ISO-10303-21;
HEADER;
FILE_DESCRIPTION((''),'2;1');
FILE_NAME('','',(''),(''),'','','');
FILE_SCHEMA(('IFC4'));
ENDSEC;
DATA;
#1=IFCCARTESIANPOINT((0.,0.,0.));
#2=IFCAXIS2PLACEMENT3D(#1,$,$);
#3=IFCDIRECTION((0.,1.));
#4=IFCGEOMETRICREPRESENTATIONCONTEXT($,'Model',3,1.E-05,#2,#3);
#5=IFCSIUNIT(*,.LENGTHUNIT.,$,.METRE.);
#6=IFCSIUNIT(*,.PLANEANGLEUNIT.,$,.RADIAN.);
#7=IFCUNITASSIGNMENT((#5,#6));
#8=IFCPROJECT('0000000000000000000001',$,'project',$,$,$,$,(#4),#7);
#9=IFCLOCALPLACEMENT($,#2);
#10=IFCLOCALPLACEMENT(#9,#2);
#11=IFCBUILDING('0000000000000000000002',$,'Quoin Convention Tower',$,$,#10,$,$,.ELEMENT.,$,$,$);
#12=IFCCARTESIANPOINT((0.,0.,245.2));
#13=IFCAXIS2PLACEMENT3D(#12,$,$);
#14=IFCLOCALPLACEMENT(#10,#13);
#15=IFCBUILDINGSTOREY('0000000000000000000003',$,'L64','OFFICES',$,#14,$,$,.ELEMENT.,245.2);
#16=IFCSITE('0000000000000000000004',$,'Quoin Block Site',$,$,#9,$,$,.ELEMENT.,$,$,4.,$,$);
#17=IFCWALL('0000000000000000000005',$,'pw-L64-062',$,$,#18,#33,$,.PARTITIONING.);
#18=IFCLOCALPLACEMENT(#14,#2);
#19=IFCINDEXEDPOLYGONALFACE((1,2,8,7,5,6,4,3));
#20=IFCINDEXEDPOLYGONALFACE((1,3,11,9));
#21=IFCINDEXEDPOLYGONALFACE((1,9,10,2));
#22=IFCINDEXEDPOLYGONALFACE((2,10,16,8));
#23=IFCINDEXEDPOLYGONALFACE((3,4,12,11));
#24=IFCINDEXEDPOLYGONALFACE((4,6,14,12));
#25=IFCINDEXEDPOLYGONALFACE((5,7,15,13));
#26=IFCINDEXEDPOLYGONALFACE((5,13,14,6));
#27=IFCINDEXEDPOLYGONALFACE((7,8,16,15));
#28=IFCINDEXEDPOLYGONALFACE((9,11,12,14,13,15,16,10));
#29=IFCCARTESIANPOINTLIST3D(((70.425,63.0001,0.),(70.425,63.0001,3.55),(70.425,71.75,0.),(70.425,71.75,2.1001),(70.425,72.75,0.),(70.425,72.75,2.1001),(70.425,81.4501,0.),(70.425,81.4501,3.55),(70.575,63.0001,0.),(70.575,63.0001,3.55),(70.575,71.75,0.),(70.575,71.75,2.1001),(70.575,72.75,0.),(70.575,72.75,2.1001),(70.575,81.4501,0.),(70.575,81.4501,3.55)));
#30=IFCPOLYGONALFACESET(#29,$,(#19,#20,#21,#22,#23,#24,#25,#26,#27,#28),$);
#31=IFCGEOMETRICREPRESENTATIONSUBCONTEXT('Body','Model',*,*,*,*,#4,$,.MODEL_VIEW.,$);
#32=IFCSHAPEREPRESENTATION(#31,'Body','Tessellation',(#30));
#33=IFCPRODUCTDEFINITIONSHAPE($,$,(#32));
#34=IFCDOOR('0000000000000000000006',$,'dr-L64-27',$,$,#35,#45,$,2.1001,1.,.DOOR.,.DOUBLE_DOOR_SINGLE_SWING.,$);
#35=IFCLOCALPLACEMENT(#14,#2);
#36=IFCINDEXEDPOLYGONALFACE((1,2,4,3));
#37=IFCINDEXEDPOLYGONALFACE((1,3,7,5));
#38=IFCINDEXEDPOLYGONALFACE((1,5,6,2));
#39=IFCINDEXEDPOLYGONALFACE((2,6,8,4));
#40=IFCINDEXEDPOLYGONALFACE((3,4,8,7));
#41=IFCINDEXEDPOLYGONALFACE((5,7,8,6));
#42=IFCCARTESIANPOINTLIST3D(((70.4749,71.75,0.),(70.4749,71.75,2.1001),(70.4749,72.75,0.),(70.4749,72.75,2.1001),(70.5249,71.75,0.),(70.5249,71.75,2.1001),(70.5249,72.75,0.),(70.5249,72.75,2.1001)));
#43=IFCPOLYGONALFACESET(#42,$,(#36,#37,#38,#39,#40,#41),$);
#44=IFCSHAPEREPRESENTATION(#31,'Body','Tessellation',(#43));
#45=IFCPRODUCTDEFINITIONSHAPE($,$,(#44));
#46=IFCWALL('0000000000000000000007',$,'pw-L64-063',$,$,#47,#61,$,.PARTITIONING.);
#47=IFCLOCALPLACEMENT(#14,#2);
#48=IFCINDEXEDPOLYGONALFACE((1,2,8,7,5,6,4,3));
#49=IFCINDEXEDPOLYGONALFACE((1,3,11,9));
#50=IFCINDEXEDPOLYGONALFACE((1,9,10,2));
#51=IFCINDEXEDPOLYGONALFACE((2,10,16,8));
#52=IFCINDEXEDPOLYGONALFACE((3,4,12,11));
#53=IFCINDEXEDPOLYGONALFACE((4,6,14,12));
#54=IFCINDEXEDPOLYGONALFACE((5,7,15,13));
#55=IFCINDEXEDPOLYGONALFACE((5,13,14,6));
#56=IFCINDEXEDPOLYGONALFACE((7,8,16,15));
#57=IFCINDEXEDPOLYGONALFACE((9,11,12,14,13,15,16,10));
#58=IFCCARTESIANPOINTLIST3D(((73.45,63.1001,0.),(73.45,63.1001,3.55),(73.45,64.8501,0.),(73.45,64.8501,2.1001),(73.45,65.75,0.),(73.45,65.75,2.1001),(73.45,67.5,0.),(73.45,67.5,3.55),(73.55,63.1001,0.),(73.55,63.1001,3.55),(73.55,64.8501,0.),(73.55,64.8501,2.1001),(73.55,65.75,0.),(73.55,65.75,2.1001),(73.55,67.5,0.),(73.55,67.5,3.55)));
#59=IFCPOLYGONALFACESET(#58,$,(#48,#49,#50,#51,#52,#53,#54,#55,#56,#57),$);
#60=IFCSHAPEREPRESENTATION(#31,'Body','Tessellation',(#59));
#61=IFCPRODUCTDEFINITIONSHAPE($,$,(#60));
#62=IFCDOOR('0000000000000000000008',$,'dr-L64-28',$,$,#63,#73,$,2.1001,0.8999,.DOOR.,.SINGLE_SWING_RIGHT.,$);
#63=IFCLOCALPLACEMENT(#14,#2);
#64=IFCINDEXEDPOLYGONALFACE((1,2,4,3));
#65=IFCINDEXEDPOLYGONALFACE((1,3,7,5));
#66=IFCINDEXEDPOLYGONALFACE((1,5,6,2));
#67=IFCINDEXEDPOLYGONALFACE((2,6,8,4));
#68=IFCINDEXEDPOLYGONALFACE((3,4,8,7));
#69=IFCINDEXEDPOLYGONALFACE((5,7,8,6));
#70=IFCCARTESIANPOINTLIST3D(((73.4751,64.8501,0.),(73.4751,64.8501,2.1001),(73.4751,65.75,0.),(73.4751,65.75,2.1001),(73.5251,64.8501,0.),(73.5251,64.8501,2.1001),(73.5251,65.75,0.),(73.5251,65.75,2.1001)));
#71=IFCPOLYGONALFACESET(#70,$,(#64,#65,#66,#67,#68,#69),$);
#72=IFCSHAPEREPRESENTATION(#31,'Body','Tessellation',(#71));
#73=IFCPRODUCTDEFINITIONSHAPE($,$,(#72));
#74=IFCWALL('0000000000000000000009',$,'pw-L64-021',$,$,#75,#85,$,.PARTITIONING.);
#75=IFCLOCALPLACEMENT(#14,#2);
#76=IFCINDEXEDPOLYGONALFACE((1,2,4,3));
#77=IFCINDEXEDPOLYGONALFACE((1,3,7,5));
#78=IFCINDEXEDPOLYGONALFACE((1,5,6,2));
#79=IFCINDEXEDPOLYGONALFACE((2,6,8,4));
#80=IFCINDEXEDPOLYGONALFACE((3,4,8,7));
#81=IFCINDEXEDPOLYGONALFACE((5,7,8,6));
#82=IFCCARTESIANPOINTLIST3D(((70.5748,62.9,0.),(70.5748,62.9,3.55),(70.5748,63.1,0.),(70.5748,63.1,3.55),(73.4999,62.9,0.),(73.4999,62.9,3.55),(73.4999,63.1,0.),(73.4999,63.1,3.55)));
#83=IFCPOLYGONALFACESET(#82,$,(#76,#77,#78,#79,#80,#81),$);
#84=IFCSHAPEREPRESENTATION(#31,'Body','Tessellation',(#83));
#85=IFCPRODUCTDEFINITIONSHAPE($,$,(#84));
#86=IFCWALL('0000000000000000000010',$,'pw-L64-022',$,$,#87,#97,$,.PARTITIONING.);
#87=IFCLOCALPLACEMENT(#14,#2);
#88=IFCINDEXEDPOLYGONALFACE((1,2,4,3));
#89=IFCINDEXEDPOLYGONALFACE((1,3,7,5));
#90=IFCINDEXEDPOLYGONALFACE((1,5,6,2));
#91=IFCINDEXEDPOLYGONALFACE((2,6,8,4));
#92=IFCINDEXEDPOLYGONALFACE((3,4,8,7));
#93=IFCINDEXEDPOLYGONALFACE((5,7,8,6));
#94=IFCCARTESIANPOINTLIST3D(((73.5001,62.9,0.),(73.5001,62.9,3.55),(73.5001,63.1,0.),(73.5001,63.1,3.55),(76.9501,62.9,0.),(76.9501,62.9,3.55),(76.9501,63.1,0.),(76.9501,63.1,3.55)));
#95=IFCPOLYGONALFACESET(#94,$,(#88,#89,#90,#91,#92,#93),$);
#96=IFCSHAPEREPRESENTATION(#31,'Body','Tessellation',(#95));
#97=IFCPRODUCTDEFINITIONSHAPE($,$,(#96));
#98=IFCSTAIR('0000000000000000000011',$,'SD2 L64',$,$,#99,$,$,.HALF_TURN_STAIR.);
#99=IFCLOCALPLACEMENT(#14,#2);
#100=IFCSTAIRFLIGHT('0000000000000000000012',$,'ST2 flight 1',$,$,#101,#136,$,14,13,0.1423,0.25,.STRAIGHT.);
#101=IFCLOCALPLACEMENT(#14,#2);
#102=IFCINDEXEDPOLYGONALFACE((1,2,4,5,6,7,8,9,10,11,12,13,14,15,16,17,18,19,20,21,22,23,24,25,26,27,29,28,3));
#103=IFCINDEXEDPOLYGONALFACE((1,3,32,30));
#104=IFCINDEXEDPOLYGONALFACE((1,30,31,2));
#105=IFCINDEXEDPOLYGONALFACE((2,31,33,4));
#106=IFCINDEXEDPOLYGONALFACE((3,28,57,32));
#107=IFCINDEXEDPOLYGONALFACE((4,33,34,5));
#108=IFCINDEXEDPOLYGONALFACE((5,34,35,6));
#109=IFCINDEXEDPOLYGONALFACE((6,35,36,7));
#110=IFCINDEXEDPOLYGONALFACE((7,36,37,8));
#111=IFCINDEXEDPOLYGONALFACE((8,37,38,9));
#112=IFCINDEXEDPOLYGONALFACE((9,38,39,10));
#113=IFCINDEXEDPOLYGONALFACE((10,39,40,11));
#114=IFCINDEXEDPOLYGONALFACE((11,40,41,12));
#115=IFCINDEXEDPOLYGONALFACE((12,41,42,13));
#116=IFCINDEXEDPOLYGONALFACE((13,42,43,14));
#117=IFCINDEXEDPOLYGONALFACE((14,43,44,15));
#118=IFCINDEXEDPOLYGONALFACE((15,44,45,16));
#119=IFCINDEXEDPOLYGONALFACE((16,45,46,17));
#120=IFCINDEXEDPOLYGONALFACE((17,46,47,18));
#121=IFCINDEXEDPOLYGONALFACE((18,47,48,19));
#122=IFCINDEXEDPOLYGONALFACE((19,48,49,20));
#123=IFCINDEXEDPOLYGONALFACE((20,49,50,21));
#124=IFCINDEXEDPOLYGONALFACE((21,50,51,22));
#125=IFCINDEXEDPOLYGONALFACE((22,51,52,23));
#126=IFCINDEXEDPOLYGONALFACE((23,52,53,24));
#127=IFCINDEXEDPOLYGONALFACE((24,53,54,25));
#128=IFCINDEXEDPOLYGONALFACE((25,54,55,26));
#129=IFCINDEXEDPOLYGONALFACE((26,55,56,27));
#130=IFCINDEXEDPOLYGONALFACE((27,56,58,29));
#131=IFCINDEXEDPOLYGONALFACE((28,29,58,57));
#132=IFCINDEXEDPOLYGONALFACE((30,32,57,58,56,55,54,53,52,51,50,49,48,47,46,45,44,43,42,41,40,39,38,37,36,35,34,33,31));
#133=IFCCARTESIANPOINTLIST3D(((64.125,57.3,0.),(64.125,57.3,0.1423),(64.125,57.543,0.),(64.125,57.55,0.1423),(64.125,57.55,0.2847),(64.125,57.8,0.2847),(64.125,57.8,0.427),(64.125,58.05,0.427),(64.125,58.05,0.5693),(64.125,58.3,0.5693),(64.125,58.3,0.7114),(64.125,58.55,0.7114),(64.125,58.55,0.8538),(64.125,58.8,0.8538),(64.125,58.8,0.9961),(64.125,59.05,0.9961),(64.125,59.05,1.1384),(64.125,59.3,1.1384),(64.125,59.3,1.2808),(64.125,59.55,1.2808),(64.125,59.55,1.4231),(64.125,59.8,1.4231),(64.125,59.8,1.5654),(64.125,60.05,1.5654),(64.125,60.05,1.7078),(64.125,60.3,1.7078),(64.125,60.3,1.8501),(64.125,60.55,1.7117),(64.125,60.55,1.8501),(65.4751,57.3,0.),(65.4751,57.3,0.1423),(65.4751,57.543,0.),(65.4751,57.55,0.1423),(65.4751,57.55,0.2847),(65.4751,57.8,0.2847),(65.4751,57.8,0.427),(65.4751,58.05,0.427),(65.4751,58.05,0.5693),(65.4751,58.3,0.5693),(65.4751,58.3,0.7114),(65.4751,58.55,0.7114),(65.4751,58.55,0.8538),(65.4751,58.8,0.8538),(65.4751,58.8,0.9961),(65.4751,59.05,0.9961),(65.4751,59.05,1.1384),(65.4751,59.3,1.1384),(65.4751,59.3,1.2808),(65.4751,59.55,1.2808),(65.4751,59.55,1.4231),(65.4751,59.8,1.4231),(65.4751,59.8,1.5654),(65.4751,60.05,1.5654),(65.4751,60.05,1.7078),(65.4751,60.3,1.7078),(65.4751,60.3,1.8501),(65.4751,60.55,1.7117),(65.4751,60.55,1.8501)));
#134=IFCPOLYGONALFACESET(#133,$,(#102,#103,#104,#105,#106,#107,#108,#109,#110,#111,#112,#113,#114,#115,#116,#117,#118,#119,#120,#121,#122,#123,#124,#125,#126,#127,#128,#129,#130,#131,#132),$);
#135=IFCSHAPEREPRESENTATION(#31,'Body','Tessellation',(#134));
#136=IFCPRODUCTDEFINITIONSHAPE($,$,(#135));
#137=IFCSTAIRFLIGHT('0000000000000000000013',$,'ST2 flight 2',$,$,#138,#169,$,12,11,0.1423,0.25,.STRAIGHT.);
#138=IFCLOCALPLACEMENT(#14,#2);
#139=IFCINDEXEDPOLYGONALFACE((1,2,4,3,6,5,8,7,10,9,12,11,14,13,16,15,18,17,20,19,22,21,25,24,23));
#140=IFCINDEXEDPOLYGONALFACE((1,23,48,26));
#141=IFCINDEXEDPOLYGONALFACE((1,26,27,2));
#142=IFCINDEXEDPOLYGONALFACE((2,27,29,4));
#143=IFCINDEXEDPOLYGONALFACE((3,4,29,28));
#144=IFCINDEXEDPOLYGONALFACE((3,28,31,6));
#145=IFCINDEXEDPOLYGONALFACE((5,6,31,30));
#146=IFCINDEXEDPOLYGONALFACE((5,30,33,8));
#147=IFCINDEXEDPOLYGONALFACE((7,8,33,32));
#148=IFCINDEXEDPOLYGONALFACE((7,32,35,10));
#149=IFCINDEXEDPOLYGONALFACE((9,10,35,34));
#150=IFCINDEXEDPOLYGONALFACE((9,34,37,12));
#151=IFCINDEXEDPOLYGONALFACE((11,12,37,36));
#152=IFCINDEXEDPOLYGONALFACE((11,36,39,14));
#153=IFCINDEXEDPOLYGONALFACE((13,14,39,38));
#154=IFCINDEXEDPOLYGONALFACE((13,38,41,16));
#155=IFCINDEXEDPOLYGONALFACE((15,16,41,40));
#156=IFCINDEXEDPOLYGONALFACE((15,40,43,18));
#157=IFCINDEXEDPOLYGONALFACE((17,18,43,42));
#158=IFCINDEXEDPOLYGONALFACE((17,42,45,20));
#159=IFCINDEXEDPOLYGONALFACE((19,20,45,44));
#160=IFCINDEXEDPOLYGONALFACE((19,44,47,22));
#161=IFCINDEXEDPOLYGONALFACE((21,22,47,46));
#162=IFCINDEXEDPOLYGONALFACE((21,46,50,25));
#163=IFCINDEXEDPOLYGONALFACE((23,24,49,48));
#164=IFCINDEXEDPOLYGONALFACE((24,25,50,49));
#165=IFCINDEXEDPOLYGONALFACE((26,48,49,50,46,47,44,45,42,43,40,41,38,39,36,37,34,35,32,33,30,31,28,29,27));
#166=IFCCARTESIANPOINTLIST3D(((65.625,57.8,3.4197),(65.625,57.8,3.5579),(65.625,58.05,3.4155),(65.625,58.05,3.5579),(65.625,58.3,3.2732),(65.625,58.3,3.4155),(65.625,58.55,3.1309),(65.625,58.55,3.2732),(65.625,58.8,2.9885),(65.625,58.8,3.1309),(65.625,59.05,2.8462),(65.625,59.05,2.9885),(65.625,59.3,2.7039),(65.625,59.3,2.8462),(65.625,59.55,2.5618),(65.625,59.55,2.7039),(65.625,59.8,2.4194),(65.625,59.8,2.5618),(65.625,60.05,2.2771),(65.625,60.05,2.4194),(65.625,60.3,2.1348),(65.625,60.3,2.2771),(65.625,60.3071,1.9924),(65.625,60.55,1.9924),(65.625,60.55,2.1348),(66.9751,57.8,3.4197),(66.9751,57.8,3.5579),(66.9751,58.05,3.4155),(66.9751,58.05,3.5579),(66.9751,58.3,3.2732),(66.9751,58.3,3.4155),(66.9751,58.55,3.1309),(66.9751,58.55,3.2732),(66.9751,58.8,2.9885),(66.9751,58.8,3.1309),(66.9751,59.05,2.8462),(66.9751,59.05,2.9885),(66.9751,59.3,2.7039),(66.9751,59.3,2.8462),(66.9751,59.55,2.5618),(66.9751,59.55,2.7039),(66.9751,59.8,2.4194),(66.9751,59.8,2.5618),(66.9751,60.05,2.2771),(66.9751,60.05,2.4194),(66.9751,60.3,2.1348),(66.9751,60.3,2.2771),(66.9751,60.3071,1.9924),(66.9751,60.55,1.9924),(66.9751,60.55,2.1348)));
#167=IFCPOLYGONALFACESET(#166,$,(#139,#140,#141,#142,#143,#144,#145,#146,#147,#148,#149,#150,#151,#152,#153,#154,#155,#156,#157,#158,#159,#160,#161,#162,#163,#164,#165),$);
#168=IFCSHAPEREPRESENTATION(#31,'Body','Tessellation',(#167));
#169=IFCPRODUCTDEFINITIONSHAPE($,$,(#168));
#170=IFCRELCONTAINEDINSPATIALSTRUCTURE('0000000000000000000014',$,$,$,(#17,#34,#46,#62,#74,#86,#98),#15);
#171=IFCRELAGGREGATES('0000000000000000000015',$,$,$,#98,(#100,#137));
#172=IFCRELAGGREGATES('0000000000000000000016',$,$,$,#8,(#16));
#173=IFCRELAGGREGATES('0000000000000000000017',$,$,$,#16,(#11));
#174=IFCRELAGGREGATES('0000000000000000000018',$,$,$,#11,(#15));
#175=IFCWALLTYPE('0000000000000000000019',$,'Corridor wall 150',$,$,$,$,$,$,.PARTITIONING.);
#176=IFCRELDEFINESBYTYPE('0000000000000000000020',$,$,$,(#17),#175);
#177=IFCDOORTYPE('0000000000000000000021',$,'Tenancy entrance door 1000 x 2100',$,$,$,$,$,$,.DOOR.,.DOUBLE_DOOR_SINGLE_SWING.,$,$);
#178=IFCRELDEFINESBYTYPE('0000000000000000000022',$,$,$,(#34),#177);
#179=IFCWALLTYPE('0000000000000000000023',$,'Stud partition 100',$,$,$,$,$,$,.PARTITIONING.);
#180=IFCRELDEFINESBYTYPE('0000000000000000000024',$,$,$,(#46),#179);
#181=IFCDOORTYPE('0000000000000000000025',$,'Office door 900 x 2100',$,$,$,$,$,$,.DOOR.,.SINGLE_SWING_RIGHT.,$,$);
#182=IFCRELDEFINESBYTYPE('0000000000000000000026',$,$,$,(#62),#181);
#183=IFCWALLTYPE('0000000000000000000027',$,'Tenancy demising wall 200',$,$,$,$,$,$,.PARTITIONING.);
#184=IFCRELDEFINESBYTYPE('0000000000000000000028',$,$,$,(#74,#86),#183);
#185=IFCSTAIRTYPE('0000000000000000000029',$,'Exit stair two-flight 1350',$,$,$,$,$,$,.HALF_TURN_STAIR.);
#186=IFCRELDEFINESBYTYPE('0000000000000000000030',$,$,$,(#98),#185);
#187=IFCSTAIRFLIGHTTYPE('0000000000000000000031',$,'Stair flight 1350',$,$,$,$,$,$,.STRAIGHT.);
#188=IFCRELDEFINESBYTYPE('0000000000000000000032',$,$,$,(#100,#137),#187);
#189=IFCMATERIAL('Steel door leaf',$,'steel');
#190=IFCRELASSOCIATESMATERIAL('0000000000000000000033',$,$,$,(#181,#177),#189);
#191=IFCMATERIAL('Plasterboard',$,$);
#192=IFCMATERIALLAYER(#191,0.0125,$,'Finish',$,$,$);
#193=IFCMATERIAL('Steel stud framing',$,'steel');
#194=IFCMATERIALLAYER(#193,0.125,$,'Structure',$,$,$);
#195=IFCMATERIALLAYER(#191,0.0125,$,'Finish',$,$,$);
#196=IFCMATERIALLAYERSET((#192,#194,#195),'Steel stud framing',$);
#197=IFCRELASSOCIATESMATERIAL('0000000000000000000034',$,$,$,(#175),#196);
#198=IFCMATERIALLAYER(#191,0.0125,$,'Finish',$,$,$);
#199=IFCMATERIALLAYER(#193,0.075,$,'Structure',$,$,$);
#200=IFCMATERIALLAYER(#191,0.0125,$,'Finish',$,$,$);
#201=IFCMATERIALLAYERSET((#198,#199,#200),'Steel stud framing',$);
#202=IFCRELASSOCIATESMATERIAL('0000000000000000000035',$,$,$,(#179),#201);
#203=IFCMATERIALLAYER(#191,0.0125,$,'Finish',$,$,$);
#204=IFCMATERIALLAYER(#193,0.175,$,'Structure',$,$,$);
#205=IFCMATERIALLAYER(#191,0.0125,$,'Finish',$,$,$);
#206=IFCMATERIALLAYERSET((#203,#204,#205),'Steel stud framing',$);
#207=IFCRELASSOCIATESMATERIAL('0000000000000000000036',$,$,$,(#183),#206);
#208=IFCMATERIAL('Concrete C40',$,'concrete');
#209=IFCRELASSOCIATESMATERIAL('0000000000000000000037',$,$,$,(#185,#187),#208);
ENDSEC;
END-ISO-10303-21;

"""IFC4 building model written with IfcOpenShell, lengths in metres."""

from ifc_helpers import new_model, si_unit, direction, frame, frame_2d, origin, place, context, subcontext, project, spatial, polyline, rectangle, outline, extrude, material, layer, layer_set, type_object, element, fill, aggregate, save


model = new_model("IFC4")

# Units and contexts
model_context = context("Model", 3, precision=1e-05, world=origin(), true_north=direction((0.0, 1.0)))
body_context = subcontext(model_context, "Body", "Model", "MODEL_VIEW")
ifc_project = project(units=[si_unit("LENGTHUNIT", "METRE"), si_unit("PLANEANGLEUNIT", "RADIAN")], contexts=[model_context])

# Site, building, storey
site_placement = place(None, origin())
site = spatial("IfcSite", under=ifc_project, at=site_placement, Name="Quoin Block Site", CompositionType="ELEMENT", RefElevation=4.0)
building_placement = place(site_placement, origin())
building = spatial("IfcBuilding", under=site, at=building_placement, Name="Quoin Convention Tower", CompositionType="ELEMENT")
storey_placement = place(building_placement, frame((0.0, 0.0, 245.2)))
storey = spatial("IfcBuildingStorey", under=building, at=storey_placement, Name="L64", Description="OFFICES", CompositionType="ELEMENT", Elevation=245.2)

# Shared definitions
ifc_material_1 = material(Name="Plasterboard")
ifc_material_2 = material(Name="Steel stud framing", Category="steel")

# Walls, openings, doors
ifc_material_3 = material(Name="Steel door leaf", Category="steel")
door_type_1 = type_object("IfcDoorType", Name="Office door 900 x 2100", OperationType="SINGLE_SWING_RIGHT", PredefinedType="DOOR", material=ifc_material_3)
ifc_layer_1 = layer(ifc_material_1, 0.0125, Name="Finish")
ifc_layer_2 = layer(ifc_material_2, 0.125, Name="Structure")
ifc_layer_3 = layer(ifc_material_1, 0.0125, Name="Finish")
ifc_layer_set_1 = layer_set([ifc_layer_1, ifc_layer_2, ifc_layer_3], Name="Steel stud framing")
wall_type_1 = type_object("IfcWallType", Name="Corridor wall 150", PredefinedType="PARTITIONING", material=ifc_layer_set_1)
wall_1_placement = place(storey_placement, frame((70.5, 63.0, 0.0), z_axis=(0.0, 0.0, 1.0), x_axis=(0.0, 1.0, 0.0)))
wall_1 = element("IfcWall", 1, at=wall_1_placement, inside=storey, type_object=wall_type_1, Name="pw-L64-062", PredefinedType="PARTITIONING", context=body_context, shape_type="SweptSolid", body=[
    extrude(rectangle(XDim=18.45, YDim=0.1499, at=frame_2d((9.2251, 0.0))), origin(), (0.0, 0.0, 1.0), 3.55),
])
opening_1_placement = place(wall_1_placement, frame((8.75, 0.0, 0.0)))
opening_1 = element("IfcOpeningElement", 2, at=opening_1_placement, cuts=wall_1, PredefinedType="OPENING", context=body_context, shape_type="SweptSolid", body=[
    extrude(rectangle(XDim=1.0, YDim=2.1001, at=frame_2d((0.5, 1.05))), frame((0.0, 0.085, 0.0), z_axis=(0.0, -1.0, 0.0), x_axis=(1.0, 0.0, 0.0)), (0.0, 0.0, 1.0), 0.1699),
])
door_type_2 = type_object("IfcDoorType", Name="Tenancy entrance door 1000 x 2100", OperationType="DOUBLE_DOOR_SINGLE_SWING", PredefinedType="DOOR", material=ifc_material_3)
door_1_placement = place(opening_1_placement, frame((1.0, 0.0, 0.0), z_axis=(0.0, 0.0, 1.0), x_axis=(-1.0, 0.0, 0.0)))
door_1 = element("IfcDoor", 3, at=door_1_placement, inside=storey, type_object=door_type_2, Name="dr-L64-27", OperationType="DOUBLE_DOOR_SINGLE_SWING", OverallHeight=2.1001, OverallWidth=1.0, PredefinedType="DOOR", context=body_context, shape_type="SweptSolid", body=[
    extrude(rectangle(XDim=1.0, YDim=2.1001, at=frame_2d((0.5, 1.05))), frame((0.0, 0.0249, 0.0), z_axis=(0.0, -1.0, 0.0), x_axis=(1.0, 0.0, 0.0)), (0.0, 0.0, 1.0), 0.05),
])
fill(opening_1, door_1)
ifc_layer_4 = layer(ifc_material_1, 0.0125, Name="Finish")
ifc_layer_5 = layer(ifc_material_2, 0.075, Name="Structure")
ifc_layer_6 = layer(ifc_material_1, 0.0125, Name="Finish")
ifc_layer_set_2 = layer_set([ifc_layer_4, ifc_layer_5, ifc_layer_6], Name="Steel stud framing")
wall_type_2 = type_object("IfcWallType", Name="Stud partition 100", PredefinedType="PARTITIONING", material=ifc_layer_set_2)
wall_2_placement = place(storey_placement, frame((73.5, 63.1001, 0.0), z_axis=(0.0, 0.0, 1.0), x_axis=(0.0, 1.0, 0.0)))
wall_2 = element("IfcWall", 4, at=wall_2_placement, inside=storey, type_object=wall_type_2, Name="pw-L64-063", PredefinedType="PARTITIONING", context=body_context, shape_type="SweptSolid", body=[
    extrude(rectangle(XDim=4.3999, YDim=0.1001, at=frame_2d((2.2, 0.0))), origin(), (0.0, 0.0, 1.0), 3.55),
])
opening_2_placement = place(wall_2_placement, frame((1.75, 0.0, 0.0)))
opening_2 = element("IfcOpeningElement", 5, at=opening_2_placement, cuts=wall_2, PredefinedType="OPENING", context=body_context, shape_type="SweptSolid", body=[
    extrude(rectangle(XDim=0.8999, YDim=2.1001, at=frame_2d((0.45, 1.05))), frame((0.0, 0.0601, 0.0), z_axis=(0.0, -1.0, 0.0), x_axis=(1.0, 0.0, 0.0)), (0.0, 0.0, 1.0), 0.1201),
])
door_2_placement = place(opening_2_placement, origin())
door_2 = element("IfcDoor", 6, at=door_2_placement, inside=storey, type_object=door_type_1, Name="dr-L64-28", OperationType="SINGLE_SWING_RIGHT", OverallHeight=2.1001, OverallWidth=0.8999, PredefinedType="DOOR", context=body_context, shape_type="SweptSolid", body=[
    extrude(rectangle(XDim=0.8999, YDim=2.1001, at=frame_2d((0.45, 1.05))), frame((0.0, 0.0249, 0.0), z_axis=(0.0, -1.0, 0.0), x_axis=(1.0, 0.0, 0.0)), (0.0, 0.0, 1.0), 0.05),
])
fill(opening_2, door_2)

# Walls
ifc_layer_7 = layer(ifc_material_1, 0.0125, Name="Finish")
ifc_layer_8 = layer(ifc_material_2, 0.175, Name="Structure")
ifc_layer_9 = layer(ifc_material_1, 0.0125, Name="Finish")
ifc_layer_set_3 = layer_set([ifc_layer_7, ifc_layer_8, ifc_layer_9], Name="Steel stud framing")
wall_type_3 = type_object("IfcWallType", Name="Tenancy demising wall 200", PredefinedType="PARTITIONING", material=ifc_layer_set_3)
wall_3_placement = place(storey_placement, frame((70.575, 63.0, 0.0), z_axis=(0.0, 0.0, 1.0), x_axis=(1.0, 0.0, 0.0)))
element("IfcWall", 7, at=wall_3_placement, inside=storey, type_object=wall_type_3, Name="pw-L64-021", PredefinedType="PARTITIONING", context=body_context, shape_type="SweptSolid", body=[
    extrude(rectangle(XDim=2.925, YDim=0.2, at=frame_2d((1.4624, 0.0))), origin(), (0.0, 0.0, 1.0), 3.55),
])
wall_4_placement = place(storey_placement, frame((73.5, 63.0, 0.0), z_axis=(0.0, 0.0, 1.0), x_axis=(1.0, 0.0, 0.0)))
element("IfcWall", 8, at=wall_4_placement, inside=storey, type_object=wall_type_3, Name="pw-L64-022", PredefinedType="PARTITIONING", context=body_context, shape_type="SweptSolid", body=[
    extrude(rectangle(XDim=3.45, YDim=0.2, at=frame_2d((1.7251, 0.0))), origin(), (0.0, 0.0, 1.0), 3.55),
])

# Stair, stair flights
ifc_material_4 = material(Name="Concrete C40", Category="concrete")
stair_type = type_object("IfcStairType", Name="Exit stair two-flight 1350", PredefinedType="HALF_TURN_STAIR", material=ifc_material_4)
stair_placement = place(storey_placement, origin())
stair = element("IfcStair", 9, at=stair_placement, inside=storey, type_object=stair_type, Name="SD2 L64", PredefinedType="HALF_TURN_STAIR")
stair_flight_type = type_object("IfcStairFlightType", Name="Stair flight 1350", PredefinedType="STRAIGHT", material=ifc_material_4)
stair_flight_1_placement = place(storey_placement, frame((64.8, 57.3, 0.0), z_axis=(0.0, 0.0, 1.0), x_axis=(0.0, 1.0, 0.0)))
stair_flight_1 = element("IfcStairFlight", 10, at=stair_flight_1_placement, type_object=stair_flight_type, Name="ST2 flight 1", NumberOfRisers=14, NumberOfTreads=13, PredefinedType="STRAIGHT", RiserHeight=0.1423, TreadLength=0.25, context=body_context, shape_type="SweptSolid", body=[
    extrude(outline(polyline([(0.0, 0.0), (0.0, 0.1423), (0.25, 0.1423), (0.25, 0.2847), (0.5, 0.2847), (0.5, 0.427), (0.75, 0.427), (0.75, 0.5693), (1.0, 0.5693), (1.0, 0.7114), (1.25, 0.7114), (1.25, 0.8538), (1.5, 0.8538), (1.5, 0.9961), (1.75, 0.9961), (1.75, 1.1384), (2.0, 1.1384), (2.0, 1.2808), (2.25, 1.2808), (2.25, 1.4231), (2.5, 1.4231), (2.5, 1.5654), (2.75, 1.5654), (2.75, 1.7078), (3.0, 1.7078), (3.0, 1.8501), (3.25, 1.8501), (3.25, 1.9922), (3.25, 1.7117), (0.2429, 0.0), (0.0, 0.0)])), frame((0.0, 0.675, 0.0), z_axis=(0.0, -1.0, 0.0), x_axis=(1.0, 0.0, 0.0)), (0.0, 0.0, 1.0), 1.3501),
])
stair_flight_2_placement = place(storey_placement, frame((66.3, 60.55, 1.9924), z_axis=(0.0, 0.0, 1.0), x_axis=(0.0, -1.0, 0.0)))
stair_flight_2 = element("IfcStairFlight", 11, at=stair_flight_2_placement, type_object=stair_flight_type, Name="ST2 flight 2", NumberOfRisers=12, NumberOfTreads=11, PredefinedType="STRAIGHT", RiserHeight=0.1423, TreadLength=0.25, context=body_context, shape_type="SweptSolid", body=[
    extrude(outline(polyline([(0.0, 0.0), (0.0, 0.1423), (0.25, 0.1423), (0.25, 0.2847), (0.5, 0.2847), (0.5, 0.427), (0.75, 0.427), (0.75, 0.5693), (1.0, 0.5693), (1.0, 0.7114), (1.25, 0.7114), (1.25, 0.8538), (1.5, 0.8538), (1.5, 0.9961), (1.75, 0.9961), (1.75, 1.1384), (2.0, 1.1384), (2.0, 1.2808), (2.25, 1.2808), (2.25, 1.4231), (2.5, 1.4231), (2.5, 1.5654), (2.75, 1.5654), (2.75, 1.7078), (2.75, 1.4272), (0.2429, 0.0), (0.0, 0.0)])), frame((0.0, 0.675, 0.0), z_axis=(0.0, -1.0, 0.0), x_axis=(1.0, 0.0, 0.0)), (0.0, 0.0, 1.0), 1.3501),
])
aggregate(stair, [stair_flight_1, stair_flight_2])

save(model, "model.ifc")
